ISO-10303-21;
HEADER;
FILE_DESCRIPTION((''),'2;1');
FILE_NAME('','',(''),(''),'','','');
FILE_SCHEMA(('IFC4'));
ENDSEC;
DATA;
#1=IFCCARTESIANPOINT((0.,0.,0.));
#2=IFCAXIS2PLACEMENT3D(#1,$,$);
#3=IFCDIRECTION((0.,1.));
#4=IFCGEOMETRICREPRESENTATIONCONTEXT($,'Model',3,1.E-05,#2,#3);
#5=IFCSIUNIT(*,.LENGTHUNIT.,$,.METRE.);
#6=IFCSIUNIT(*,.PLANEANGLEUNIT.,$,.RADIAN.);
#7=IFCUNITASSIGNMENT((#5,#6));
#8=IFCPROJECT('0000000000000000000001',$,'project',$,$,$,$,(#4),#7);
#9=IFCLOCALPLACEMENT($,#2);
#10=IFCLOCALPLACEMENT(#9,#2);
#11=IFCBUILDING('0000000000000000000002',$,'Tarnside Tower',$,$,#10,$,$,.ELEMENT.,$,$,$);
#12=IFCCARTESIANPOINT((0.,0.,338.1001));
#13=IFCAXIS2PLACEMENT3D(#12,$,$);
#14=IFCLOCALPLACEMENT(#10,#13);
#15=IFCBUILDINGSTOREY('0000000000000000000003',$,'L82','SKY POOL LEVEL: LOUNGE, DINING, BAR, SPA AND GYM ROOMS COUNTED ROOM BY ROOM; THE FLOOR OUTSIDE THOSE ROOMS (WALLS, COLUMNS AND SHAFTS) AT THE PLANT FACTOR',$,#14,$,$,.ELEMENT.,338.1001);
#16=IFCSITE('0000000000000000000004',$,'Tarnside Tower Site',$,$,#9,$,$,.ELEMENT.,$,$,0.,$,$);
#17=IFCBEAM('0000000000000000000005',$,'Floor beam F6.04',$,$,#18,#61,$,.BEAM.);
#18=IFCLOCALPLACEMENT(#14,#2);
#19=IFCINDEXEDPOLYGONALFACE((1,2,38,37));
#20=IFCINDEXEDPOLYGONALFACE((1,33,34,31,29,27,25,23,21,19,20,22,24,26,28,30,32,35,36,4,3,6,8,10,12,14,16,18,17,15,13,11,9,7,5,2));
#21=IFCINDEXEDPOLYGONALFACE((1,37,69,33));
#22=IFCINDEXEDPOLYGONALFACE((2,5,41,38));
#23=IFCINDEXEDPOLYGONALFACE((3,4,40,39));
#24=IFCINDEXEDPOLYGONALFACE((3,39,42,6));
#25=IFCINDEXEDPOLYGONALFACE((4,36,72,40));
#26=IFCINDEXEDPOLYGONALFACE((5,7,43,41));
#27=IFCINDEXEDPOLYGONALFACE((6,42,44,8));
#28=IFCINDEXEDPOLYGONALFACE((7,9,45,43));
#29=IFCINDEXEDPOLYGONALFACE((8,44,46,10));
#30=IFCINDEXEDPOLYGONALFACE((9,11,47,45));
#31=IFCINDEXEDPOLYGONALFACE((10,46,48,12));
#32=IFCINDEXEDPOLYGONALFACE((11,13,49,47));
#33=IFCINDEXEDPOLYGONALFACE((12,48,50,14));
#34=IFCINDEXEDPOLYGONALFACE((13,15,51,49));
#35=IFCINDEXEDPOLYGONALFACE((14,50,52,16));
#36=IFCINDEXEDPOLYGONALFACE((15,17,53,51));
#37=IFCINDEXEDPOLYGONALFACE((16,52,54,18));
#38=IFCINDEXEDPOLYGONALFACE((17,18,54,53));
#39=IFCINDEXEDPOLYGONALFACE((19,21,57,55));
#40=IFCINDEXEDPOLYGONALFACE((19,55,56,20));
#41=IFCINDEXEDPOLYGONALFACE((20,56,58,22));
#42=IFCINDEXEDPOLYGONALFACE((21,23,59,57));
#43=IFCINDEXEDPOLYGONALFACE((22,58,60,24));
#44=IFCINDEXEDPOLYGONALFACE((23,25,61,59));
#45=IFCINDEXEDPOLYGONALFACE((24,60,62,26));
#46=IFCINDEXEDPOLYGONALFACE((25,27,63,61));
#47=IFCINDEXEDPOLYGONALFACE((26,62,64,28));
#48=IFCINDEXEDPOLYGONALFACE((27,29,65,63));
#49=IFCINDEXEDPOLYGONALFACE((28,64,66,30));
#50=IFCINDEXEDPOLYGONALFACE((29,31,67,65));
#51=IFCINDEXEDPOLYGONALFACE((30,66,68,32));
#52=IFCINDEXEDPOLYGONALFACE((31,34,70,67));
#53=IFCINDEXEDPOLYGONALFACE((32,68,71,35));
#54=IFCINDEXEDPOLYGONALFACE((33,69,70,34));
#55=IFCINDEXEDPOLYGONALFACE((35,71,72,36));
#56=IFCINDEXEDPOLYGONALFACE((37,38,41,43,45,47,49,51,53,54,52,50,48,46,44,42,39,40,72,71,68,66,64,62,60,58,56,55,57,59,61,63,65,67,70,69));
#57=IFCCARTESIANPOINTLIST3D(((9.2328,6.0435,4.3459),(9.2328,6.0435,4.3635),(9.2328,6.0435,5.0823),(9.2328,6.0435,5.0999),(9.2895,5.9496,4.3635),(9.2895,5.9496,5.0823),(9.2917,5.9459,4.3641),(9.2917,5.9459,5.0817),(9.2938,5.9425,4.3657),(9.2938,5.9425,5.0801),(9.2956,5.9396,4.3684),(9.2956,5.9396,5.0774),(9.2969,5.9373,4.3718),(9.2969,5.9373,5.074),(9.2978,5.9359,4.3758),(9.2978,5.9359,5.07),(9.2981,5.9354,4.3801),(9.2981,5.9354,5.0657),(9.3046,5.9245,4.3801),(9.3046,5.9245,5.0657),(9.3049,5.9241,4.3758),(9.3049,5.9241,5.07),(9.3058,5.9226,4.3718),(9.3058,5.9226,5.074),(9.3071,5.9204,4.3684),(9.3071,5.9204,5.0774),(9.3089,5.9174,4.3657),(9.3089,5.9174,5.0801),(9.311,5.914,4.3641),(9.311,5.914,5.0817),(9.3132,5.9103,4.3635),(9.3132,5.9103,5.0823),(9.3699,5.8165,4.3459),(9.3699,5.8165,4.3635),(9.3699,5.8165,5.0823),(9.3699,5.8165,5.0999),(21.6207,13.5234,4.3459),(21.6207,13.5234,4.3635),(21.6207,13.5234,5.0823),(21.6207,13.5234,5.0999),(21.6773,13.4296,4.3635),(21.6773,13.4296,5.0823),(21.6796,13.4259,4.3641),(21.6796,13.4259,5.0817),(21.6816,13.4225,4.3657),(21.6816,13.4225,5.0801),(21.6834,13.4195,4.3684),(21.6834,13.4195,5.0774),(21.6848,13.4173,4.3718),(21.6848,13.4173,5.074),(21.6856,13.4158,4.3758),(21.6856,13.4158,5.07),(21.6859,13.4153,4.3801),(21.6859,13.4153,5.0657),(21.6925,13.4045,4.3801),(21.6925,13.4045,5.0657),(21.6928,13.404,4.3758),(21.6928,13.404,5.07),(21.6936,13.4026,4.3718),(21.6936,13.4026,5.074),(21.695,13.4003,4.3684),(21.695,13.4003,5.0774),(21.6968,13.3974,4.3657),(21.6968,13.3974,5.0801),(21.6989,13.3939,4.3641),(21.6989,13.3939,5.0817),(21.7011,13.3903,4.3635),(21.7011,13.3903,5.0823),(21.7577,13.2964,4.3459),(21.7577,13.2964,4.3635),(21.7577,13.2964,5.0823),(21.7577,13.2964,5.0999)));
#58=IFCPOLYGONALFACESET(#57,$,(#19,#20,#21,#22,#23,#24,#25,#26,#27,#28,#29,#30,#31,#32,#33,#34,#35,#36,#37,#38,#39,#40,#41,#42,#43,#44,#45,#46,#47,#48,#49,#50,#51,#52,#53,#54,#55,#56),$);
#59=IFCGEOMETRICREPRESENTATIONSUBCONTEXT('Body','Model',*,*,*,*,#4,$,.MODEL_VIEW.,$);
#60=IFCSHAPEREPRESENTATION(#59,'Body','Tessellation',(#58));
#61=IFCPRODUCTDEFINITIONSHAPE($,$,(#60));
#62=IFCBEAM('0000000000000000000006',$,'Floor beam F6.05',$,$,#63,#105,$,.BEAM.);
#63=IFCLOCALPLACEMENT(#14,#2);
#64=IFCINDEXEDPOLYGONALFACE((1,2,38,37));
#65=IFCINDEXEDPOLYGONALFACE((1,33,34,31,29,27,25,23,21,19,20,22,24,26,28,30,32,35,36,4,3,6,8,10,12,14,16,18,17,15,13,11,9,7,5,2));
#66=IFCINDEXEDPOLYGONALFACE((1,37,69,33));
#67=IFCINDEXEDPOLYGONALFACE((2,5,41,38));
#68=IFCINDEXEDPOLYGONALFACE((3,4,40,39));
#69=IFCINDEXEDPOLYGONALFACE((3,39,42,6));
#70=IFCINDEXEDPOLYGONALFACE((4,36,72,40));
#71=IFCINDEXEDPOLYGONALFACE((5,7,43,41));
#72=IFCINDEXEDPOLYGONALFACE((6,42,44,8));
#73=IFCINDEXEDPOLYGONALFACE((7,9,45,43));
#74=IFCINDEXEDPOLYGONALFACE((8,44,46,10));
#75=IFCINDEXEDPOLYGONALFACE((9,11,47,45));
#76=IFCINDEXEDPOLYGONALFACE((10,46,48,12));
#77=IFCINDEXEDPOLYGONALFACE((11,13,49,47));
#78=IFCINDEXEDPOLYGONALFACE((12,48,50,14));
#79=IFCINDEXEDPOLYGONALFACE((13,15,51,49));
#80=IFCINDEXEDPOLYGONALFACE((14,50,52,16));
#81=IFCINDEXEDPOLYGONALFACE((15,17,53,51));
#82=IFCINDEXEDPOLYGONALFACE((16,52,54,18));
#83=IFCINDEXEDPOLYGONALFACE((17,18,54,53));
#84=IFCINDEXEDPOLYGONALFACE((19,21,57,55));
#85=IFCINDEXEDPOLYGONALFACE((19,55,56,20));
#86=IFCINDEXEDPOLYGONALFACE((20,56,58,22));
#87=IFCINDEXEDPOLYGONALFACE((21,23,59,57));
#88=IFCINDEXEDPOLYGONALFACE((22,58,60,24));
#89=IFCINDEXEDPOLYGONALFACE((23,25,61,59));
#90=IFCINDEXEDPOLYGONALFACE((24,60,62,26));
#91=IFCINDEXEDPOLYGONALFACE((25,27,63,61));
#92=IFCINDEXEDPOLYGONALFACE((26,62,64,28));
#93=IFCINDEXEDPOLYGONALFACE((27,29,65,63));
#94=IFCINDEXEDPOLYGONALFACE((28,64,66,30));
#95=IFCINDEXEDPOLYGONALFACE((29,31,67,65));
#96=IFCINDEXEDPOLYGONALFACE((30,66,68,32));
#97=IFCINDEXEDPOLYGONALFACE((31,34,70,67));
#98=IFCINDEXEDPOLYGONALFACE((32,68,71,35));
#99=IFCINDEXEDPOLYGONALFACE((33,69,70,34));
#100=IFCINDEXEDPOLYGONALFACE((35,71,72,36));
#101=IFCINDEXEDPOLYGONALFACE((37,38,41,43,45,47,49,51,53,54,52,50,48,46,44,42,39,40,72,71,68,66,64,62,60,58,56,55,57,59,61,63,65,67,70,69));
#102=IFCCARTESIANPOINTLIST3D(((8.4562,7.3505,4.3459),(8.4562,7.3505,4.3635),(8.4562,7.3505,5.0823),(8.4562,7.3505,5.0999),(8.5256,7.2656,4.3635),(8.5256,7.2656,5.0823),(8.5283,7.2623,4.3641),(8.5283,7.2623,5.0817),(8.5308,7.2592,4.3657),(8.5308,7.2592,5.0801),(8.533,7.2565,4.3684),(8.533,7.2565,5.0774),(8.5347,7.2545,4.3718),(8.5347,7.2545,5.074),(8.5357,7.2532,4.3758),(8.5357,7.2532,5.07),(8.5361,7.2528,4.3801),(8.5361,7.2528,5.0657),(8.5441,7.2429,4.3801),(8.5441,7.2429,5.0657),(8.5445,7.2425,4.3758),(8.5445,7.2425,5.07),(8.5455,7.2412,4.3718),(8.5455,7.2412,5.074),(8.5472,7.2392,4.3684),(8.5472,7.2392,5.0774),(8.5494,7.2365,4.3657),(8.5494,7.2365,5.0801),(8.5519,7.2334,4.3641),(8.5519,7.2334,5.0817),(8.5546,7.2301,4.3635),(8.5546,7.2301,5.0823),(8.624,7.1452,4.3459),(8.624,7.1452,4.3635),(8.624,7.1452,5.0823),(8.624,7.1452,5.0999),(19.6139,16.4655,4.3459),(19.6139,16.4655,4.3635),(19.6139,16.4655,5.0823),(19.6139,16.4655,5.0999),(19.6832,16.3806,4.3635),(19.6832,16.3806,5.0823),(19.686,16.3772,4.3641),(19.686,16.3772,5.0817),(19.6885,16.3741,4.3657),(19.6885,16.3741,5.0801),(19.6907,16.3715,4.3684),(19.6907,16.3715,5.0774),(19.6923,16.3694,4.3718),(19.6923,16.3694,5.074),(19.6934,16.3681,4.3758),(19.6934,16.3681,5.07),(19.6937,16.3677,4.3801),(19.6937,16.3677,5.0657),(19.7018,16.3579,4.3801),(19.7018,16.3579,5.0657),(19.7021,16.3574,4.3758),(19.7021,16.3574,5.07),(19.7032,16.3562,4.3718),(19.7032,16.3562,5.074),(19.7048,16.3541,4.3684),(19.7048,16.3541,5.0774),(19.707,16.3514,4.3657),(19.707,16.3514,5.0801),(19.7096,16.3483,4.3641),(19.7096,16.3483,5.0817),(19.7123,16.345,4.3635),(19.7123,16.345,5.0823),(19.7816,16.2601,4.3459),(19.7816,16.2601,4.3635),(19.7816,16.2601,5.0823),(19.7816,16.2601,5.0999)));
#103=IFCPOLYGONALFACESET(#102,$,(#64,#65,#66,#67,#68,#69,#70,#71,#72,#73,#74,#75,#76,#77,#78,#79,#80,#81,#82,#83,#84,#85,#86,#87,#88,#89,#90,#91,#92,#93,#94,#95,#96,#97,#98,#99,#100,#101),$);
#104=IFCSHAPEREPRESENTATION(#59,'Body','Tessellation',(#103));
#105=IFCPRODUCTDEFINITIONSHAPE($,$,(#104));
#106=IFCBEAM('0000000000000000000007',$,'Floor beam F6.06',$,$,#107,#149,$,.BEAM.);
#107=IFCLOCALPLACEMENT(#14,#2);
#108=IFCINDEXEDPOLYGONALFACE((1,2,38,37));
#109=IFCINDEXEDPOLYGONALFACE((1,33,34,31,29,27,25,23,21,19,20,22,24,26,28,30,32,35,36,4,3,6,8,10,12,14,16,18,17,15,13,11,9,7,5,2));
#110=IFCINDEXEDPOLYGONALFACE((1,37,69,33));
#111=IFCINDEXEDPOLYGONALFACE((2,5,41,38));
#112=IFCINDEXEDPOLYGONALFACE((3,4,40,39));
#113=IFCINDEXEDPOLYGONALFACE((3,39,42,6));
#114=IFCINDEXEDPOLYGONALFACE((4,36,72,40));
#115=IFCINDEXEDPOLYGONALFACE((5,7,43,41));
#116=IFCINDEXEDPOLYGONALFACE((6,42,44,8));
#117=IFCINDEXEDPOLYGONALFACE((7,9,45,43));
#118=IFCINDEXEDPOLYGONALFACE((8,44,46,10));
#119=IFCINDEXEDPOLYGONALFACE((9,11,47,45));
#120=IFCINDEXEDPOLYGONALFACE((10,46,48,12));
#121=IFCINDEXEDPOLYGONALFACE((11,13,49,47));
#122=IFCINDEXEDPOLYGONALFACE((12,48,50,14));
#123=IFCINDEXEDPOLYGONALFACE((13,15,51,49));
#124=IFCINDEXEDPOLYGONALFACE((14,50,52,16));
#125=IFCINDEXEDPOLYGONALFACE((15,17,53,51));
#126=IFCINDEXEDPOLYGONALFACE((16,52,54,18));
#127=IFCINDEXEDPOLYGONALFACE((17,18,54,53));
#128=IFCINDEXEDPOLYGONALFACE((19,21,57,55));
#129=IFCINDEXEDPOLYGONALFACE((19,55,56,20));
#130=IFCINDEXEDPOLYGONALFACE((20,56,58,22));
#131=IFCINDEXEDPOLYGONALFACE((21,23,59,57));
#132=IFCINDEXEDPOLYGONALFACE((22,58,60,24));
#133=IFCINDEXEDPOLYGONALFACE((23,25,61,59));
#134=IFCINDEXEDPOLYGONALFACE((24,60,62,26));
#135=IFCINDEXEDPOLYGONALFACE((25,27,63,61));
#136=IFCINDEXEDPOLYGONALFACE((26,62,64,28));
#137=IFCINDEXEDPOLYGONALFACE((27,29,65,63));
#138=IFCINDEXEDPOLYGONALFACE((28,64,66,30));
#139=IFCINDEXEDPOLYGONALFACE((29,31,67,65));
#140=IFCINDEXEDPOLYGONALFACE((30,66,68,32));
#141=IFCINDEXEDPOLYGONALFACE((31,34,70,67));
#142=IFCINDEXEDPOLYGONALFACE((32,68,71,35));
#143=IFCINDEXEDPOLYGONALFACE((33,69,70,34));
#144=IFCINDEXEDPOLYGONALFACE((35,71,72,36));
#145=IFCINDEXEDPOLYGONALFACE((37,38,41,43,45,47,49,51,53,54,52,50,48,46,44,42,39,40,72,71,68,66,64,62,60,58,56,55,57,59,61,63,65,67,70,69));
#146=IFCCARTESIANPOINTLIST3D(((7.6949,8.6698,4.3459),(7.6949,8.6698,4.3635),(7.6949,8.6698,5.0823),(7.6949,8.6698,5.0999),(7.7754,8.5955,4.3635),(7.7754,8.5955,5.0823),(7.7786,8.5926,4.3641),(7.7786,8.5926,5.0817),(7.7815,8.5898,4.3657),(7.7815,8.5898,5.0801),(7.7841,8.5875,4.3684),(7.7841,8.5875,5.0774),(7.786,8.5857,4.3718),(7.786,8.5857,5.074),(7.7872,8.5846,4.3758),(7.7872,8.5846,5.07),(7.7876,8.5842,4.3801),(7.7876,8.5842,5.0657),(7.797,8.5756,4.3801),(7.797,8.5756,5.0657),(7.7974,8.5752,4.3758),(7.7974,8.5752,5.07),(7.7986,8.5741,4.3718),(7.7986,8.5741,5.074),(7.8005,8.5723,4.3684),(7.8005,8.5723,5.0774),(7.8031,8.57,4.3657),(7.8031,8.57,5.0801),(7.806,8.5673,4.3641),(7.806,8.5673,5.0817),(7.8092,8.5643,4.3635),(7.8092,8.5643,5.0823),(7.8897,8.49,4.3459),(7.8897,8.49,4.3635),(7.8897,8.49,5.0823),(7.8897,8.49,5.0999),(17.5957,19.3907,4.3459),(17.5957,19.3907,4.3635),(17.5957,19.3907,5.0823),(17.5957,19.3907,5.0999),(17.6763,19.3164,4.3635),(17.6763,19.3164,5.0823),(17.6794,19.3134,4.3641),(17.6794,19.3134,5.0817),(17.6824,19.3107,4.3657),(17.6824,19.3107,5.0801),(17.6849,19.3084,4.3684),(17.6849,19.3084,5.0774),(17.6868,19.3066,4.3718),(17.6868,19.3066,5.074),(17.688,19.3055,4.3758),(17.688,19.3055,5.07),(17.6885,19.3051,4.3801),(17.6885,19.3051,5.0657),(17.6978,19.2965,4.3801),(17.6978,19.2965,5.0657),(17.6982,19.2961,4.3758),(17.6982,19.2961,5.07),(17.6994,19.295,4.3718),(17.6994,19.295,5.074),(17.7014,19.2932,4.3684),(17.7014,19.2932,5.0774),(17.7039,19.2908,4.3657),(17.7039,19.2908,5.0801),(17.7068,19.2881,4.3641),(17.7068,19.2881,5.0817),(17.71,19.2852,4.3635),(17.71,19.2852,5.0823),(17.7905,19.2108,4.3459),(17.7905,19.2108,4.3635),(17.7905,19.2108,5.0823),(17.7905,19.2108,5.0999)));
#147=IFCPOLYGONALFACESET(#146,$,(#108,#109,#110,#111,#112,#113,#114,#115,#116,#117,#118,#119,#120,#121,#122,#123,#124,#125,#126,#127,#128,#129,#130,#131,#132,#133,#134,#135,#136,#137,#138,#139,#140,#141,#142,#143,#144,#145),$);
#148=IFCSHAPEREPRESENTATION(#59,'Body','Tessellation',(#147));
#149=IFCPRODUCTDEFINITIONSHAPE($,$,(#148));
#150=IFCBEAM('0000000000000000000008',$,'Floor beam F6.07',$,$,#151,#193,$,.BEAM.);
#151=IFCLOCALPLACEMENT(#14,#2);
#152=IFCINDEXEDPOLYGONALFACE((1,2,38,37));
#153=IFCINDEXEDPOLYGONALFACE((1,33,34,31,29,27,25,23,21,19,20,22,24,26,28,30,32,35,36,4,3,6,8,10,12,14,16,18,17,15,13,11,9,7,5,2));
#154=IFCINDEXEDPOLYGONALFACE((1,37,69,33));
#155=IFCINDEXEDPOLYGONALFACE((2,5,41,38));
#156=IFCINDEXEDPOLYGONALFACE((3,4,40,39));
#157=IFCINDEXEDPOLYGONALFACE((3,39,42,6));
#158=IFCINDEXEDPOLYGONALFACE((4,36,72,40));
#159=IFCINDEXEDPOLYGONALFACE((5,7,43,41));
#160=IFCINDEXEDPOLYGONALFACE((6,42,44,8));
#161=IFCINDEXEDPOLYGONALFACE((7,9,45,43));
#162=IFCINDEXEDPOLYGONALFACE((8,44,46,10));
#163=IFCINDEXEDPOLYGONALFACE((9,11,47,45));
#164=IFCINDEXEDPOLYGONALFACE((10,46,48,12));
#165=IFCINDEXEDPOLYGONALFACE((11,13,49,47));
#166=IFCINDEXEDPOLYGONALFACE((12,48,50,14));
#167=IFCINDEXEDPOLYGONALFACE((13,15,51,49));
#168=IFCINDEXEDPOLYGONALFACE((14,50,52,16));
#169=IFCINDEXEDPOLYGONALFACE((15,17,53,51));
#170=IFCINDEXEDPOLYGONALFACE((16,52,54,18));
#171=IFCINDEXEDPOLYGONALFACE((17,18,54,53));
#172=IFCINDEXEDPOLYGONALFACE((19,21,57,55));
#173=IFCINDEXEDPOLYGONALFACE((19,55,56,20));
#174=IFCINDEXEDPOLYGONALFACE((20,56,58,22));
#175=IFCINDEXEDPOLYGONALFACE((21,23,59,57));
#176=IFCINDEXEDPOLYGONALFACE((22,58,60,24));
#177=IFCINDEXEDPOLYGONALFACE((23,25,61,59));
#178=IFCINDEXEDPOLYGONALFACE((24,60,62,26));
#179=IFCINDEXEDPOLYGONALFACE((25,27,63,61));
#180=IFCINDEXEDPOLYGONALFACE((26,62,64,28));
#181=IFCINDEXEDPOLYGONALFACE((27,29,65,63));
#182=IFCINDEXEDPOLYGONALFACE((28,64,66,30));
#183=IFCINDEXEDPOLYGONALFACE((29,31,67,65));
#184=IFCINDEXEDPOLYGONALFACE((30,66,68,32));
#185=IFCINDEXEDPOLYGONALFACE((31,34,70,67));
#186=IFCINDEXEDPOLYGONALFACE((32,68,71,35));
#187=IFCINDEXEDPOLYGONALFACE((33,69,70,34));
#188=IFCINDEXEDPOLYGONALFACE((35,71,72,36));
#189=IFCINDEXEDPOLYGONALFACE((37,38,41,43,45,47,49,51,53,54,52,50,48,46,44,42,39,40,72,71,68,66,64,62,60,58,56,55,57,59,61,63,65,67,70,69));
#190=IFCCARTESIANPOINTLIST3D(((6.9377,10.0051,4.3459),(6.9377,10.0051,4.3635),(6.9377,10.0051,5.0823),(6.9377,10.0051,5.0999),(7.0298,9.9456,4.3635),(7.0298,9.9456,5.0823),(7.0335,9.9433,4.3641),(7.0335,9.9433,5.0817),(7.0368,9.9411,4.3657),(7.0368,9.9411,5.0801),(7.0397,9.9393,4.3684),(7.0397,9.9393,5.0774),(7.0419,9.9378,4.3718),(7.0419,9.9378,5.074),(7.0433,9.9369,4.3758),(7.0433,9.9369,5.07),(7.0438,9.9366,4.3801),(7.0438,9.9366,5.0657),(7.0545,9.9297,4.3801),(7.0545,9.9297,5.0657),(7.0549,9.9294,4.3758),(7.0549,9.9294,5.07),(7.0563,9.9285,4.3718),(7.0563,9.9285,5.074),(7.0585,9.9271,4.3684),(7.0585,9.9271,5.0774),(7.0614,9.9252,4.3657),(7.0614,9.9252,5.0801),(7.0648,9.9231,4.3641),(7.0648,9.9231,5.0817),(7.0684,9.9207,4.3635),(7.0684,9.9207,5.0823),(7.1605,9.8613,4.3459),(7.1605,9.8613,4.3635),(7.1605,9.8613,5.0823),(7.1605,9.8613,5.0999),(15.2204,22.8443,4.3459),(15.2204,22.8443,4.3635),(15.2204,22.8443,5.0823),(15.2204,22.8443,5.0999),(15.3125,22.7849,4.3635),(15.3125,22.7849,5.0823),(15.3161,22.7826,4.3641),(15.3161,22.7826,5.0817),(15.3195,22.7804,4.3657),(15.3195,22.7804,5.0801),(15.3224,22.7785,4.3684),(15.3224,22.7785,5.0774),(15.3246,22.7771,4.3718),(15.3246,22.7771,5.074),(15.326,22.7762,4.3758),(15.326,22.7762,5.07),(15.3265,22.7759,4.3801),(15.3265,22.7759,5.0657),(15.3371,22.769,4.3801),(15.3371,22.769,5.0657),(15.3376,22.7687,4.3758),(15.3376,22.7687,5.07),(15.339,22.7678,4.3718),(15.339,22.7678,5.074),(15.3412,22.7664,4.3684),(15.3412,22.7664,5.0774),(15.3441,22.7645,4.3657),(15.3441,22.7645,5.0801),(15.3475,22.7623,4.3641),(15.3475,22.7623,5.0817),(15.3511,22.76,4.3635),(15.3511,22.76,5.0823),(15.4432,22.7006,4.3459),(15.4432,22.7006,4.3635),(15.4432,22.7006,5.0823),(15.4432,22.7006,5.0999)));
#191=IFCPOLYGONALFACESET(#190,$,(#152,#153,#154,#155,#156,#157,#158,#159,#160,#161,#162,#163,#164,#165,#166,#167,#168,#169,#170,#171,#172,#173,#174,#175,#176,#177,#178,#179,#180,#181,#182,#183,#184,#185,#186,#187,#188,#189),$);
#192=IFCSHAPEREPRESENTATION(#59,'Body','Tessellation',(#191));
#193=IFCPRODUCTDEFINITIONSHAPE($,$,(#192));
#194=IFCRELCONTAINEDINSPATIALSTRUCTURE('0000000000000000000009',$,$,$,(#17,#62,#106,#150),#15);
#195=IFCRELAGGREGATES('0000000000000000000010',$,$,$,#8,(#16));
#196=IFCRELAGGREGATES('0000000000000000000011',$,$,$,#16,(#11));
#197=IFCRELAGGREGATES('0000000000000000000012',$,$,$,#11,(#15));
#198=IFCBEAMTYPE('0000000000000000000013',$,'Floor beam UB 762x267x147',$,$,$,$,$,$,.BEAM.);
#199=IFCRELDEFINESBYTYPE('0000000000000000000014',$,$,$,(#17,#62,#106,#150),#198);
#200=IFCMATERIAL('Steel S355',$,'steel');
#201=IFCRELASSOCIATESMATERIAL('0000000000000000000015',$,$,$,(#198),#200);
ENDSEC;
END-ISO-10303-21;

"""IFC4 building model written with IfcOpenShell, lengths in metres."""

from ifc_helpers import new_model, si_unit, direction, frame, origin, origin_2d, place, context, subcontext, project, spatial, i_section, extrude, material, material_profile, profile_set, type_object, element, save


model = new_model("IFC4")

# Units and contexts
model_context = context("Model", 3, precision=1e-05, world=origin(), true_north=direction((0.0, 1.0)))
body_context = subcontext(model_context, "Body", "Model", "MODEL_VIEW")
ifc_project = project(units=[si_unit("LENGTHUNIT", "METRE"), si_unit("PLANEANGLEUNIT", "RADIAN")], contexts=[model_context])

# Site, building, storey
site_placement = place(None, origin())
site = spatial("IfcSite", under=ifc_project, at=site_placement, Name="Tarnside Tower Site", CompositionType="ELEMENT", RefElevation=0.0)
building_placement = place(site_placement, origin())
building = spatial("IfcBuilding", under=site, at=building_placement, Name="Tarnside Tower", CompositionType="ELEMENT")
storey_placement = place(building_placement, frame((0.0, 0.0, 338.1001)))
storey = spatial("IfcBuildingStorey", under=building, at=storey_placement, Name="L82", Description="SKY POOL LEVEL: LOUNGE, DINING, BAR, SPA AND GYM ROOMS COUNTED ROOM BY ROOM; THE FLOOR OUTSIDE THOSE ROOMS (WALLS, COLUMNS AND SHAFTS) AT THE PLANT FACTOR", CompositionType="ELEMENT", Elevation=338.1001)

# Beams
ifc_material_1 = material(Name="Steel S355", Category="steel")
ifc_material_profile_1 = material_profile(ifc_material_1, i_section(OverallWidth=0.2651, OverallDepth=0.7539, WebThickness=0.0127, FlangeThickness=0.0176, FilletRadius=0.0166, at=origin_2d()), Name="UB 762x267x147")
ifc_profile_set_1 = profile_set([ifc_material_profile_1], Name="Steel S355")
beam_type_1 = type_object("IfcBeamType", Name="Floor beam UB 762x267x147", PredefinedType="BEAM", material=ifc_profile_set_1)
beam_1_placement = place(storey_placement, frame((21.6892, 13.4099, 4.7229), z_axis=(-0.85605, -0.516893, 0.0), x_axis=(0.516893, -0.85605, 0.0)))
element("IfcBeam", 1, at=beam_1_placement, inside=storey, type_object=beam_type_1, Name="Floor beam F6.04", PredefinedType="BEAM", context=body_context, shape_type="SweptSolid", body=[
    extrude(i_section(OverallWidth=0.2651, OverallDepth=0.7539, WebThickness=0.0127, FlangeThickness=0.0176, FilletRadius=0.0166, at=origin_2d()), origin(), (0.0, 0.0, 1.0), 14.4709),
])
beam_2_placement = place(storey_placement, frame((19.6978, 16.3628, 4.7229), z_axis=(-0.774435, -0.632653, 0.0), x_axis=(0.632653, -0.774435, 0.0)))
element("IfcBeam", 2, at=beam_2_placement, inside=storey, type_object=beam_type_1, Name="Floor beam F6.05", PredefinedType="BEAM", context=body_context, shape_type="SweptSolid", body=[
    extrude(i_section(OverallWidth=0.2651, OverallDepth=0.7539, WebThickness=0.0127, FlangeThickness=0.0176, FilletRadius=0.0166, at=origin_2d()), origin(), (0.0, 0.0, 1.0), 14.4075),
])
beam_3_placement = place(storey_placement, frame((17.6931, 19.3008, 4.7229), z_axis=(-0.678451, -0.734646, 0.0), x_axis=(0.734646, -0.678451, 0.0)))
element("IfcBeam", 3, at=beam_3_placement, inside=storey, type_object=beam_type_1, Name="Floor beam F6.06", PredefinedType="BEAM", context=body_context, shape_type="SweptSolid", body=[
    extrude(i_section(OverallWidth=0.2651, OverallDepth=0.7539, WebThickness=0.0127, FlangeThickness=0.0176, FilletRadius=0.0166, at=origin_2d()), origin(), (0.0, 0.0, 1.0), 14.5933),
])
beam_4_placement = place(storey_placement, frame((15.3318, 22.7725, 4.7229), z_axis=(-0.542093, -0.840319, 0.0), x_axis=(0.840319, -0.542093, 0.0)))
element("IfcBeam", 4, at=beam_4_placement, inside=storey, type_object=beam_type_1, Name="Floor beam F6.07", PredefinedType="BEAM", context=body_context, shape_type="SweptSolid", body=[
    extrude(i_section(OverallWidth=0.2651, OverallDepth=0.7539, WebThickness=0.0127, FlangeThickness=0.0176, FilletRadius=0.0166, at=origin_2d()), origin(), (0.0, 0.0, 1.0), 15.2791),
])

save(model, "model.ifc")
